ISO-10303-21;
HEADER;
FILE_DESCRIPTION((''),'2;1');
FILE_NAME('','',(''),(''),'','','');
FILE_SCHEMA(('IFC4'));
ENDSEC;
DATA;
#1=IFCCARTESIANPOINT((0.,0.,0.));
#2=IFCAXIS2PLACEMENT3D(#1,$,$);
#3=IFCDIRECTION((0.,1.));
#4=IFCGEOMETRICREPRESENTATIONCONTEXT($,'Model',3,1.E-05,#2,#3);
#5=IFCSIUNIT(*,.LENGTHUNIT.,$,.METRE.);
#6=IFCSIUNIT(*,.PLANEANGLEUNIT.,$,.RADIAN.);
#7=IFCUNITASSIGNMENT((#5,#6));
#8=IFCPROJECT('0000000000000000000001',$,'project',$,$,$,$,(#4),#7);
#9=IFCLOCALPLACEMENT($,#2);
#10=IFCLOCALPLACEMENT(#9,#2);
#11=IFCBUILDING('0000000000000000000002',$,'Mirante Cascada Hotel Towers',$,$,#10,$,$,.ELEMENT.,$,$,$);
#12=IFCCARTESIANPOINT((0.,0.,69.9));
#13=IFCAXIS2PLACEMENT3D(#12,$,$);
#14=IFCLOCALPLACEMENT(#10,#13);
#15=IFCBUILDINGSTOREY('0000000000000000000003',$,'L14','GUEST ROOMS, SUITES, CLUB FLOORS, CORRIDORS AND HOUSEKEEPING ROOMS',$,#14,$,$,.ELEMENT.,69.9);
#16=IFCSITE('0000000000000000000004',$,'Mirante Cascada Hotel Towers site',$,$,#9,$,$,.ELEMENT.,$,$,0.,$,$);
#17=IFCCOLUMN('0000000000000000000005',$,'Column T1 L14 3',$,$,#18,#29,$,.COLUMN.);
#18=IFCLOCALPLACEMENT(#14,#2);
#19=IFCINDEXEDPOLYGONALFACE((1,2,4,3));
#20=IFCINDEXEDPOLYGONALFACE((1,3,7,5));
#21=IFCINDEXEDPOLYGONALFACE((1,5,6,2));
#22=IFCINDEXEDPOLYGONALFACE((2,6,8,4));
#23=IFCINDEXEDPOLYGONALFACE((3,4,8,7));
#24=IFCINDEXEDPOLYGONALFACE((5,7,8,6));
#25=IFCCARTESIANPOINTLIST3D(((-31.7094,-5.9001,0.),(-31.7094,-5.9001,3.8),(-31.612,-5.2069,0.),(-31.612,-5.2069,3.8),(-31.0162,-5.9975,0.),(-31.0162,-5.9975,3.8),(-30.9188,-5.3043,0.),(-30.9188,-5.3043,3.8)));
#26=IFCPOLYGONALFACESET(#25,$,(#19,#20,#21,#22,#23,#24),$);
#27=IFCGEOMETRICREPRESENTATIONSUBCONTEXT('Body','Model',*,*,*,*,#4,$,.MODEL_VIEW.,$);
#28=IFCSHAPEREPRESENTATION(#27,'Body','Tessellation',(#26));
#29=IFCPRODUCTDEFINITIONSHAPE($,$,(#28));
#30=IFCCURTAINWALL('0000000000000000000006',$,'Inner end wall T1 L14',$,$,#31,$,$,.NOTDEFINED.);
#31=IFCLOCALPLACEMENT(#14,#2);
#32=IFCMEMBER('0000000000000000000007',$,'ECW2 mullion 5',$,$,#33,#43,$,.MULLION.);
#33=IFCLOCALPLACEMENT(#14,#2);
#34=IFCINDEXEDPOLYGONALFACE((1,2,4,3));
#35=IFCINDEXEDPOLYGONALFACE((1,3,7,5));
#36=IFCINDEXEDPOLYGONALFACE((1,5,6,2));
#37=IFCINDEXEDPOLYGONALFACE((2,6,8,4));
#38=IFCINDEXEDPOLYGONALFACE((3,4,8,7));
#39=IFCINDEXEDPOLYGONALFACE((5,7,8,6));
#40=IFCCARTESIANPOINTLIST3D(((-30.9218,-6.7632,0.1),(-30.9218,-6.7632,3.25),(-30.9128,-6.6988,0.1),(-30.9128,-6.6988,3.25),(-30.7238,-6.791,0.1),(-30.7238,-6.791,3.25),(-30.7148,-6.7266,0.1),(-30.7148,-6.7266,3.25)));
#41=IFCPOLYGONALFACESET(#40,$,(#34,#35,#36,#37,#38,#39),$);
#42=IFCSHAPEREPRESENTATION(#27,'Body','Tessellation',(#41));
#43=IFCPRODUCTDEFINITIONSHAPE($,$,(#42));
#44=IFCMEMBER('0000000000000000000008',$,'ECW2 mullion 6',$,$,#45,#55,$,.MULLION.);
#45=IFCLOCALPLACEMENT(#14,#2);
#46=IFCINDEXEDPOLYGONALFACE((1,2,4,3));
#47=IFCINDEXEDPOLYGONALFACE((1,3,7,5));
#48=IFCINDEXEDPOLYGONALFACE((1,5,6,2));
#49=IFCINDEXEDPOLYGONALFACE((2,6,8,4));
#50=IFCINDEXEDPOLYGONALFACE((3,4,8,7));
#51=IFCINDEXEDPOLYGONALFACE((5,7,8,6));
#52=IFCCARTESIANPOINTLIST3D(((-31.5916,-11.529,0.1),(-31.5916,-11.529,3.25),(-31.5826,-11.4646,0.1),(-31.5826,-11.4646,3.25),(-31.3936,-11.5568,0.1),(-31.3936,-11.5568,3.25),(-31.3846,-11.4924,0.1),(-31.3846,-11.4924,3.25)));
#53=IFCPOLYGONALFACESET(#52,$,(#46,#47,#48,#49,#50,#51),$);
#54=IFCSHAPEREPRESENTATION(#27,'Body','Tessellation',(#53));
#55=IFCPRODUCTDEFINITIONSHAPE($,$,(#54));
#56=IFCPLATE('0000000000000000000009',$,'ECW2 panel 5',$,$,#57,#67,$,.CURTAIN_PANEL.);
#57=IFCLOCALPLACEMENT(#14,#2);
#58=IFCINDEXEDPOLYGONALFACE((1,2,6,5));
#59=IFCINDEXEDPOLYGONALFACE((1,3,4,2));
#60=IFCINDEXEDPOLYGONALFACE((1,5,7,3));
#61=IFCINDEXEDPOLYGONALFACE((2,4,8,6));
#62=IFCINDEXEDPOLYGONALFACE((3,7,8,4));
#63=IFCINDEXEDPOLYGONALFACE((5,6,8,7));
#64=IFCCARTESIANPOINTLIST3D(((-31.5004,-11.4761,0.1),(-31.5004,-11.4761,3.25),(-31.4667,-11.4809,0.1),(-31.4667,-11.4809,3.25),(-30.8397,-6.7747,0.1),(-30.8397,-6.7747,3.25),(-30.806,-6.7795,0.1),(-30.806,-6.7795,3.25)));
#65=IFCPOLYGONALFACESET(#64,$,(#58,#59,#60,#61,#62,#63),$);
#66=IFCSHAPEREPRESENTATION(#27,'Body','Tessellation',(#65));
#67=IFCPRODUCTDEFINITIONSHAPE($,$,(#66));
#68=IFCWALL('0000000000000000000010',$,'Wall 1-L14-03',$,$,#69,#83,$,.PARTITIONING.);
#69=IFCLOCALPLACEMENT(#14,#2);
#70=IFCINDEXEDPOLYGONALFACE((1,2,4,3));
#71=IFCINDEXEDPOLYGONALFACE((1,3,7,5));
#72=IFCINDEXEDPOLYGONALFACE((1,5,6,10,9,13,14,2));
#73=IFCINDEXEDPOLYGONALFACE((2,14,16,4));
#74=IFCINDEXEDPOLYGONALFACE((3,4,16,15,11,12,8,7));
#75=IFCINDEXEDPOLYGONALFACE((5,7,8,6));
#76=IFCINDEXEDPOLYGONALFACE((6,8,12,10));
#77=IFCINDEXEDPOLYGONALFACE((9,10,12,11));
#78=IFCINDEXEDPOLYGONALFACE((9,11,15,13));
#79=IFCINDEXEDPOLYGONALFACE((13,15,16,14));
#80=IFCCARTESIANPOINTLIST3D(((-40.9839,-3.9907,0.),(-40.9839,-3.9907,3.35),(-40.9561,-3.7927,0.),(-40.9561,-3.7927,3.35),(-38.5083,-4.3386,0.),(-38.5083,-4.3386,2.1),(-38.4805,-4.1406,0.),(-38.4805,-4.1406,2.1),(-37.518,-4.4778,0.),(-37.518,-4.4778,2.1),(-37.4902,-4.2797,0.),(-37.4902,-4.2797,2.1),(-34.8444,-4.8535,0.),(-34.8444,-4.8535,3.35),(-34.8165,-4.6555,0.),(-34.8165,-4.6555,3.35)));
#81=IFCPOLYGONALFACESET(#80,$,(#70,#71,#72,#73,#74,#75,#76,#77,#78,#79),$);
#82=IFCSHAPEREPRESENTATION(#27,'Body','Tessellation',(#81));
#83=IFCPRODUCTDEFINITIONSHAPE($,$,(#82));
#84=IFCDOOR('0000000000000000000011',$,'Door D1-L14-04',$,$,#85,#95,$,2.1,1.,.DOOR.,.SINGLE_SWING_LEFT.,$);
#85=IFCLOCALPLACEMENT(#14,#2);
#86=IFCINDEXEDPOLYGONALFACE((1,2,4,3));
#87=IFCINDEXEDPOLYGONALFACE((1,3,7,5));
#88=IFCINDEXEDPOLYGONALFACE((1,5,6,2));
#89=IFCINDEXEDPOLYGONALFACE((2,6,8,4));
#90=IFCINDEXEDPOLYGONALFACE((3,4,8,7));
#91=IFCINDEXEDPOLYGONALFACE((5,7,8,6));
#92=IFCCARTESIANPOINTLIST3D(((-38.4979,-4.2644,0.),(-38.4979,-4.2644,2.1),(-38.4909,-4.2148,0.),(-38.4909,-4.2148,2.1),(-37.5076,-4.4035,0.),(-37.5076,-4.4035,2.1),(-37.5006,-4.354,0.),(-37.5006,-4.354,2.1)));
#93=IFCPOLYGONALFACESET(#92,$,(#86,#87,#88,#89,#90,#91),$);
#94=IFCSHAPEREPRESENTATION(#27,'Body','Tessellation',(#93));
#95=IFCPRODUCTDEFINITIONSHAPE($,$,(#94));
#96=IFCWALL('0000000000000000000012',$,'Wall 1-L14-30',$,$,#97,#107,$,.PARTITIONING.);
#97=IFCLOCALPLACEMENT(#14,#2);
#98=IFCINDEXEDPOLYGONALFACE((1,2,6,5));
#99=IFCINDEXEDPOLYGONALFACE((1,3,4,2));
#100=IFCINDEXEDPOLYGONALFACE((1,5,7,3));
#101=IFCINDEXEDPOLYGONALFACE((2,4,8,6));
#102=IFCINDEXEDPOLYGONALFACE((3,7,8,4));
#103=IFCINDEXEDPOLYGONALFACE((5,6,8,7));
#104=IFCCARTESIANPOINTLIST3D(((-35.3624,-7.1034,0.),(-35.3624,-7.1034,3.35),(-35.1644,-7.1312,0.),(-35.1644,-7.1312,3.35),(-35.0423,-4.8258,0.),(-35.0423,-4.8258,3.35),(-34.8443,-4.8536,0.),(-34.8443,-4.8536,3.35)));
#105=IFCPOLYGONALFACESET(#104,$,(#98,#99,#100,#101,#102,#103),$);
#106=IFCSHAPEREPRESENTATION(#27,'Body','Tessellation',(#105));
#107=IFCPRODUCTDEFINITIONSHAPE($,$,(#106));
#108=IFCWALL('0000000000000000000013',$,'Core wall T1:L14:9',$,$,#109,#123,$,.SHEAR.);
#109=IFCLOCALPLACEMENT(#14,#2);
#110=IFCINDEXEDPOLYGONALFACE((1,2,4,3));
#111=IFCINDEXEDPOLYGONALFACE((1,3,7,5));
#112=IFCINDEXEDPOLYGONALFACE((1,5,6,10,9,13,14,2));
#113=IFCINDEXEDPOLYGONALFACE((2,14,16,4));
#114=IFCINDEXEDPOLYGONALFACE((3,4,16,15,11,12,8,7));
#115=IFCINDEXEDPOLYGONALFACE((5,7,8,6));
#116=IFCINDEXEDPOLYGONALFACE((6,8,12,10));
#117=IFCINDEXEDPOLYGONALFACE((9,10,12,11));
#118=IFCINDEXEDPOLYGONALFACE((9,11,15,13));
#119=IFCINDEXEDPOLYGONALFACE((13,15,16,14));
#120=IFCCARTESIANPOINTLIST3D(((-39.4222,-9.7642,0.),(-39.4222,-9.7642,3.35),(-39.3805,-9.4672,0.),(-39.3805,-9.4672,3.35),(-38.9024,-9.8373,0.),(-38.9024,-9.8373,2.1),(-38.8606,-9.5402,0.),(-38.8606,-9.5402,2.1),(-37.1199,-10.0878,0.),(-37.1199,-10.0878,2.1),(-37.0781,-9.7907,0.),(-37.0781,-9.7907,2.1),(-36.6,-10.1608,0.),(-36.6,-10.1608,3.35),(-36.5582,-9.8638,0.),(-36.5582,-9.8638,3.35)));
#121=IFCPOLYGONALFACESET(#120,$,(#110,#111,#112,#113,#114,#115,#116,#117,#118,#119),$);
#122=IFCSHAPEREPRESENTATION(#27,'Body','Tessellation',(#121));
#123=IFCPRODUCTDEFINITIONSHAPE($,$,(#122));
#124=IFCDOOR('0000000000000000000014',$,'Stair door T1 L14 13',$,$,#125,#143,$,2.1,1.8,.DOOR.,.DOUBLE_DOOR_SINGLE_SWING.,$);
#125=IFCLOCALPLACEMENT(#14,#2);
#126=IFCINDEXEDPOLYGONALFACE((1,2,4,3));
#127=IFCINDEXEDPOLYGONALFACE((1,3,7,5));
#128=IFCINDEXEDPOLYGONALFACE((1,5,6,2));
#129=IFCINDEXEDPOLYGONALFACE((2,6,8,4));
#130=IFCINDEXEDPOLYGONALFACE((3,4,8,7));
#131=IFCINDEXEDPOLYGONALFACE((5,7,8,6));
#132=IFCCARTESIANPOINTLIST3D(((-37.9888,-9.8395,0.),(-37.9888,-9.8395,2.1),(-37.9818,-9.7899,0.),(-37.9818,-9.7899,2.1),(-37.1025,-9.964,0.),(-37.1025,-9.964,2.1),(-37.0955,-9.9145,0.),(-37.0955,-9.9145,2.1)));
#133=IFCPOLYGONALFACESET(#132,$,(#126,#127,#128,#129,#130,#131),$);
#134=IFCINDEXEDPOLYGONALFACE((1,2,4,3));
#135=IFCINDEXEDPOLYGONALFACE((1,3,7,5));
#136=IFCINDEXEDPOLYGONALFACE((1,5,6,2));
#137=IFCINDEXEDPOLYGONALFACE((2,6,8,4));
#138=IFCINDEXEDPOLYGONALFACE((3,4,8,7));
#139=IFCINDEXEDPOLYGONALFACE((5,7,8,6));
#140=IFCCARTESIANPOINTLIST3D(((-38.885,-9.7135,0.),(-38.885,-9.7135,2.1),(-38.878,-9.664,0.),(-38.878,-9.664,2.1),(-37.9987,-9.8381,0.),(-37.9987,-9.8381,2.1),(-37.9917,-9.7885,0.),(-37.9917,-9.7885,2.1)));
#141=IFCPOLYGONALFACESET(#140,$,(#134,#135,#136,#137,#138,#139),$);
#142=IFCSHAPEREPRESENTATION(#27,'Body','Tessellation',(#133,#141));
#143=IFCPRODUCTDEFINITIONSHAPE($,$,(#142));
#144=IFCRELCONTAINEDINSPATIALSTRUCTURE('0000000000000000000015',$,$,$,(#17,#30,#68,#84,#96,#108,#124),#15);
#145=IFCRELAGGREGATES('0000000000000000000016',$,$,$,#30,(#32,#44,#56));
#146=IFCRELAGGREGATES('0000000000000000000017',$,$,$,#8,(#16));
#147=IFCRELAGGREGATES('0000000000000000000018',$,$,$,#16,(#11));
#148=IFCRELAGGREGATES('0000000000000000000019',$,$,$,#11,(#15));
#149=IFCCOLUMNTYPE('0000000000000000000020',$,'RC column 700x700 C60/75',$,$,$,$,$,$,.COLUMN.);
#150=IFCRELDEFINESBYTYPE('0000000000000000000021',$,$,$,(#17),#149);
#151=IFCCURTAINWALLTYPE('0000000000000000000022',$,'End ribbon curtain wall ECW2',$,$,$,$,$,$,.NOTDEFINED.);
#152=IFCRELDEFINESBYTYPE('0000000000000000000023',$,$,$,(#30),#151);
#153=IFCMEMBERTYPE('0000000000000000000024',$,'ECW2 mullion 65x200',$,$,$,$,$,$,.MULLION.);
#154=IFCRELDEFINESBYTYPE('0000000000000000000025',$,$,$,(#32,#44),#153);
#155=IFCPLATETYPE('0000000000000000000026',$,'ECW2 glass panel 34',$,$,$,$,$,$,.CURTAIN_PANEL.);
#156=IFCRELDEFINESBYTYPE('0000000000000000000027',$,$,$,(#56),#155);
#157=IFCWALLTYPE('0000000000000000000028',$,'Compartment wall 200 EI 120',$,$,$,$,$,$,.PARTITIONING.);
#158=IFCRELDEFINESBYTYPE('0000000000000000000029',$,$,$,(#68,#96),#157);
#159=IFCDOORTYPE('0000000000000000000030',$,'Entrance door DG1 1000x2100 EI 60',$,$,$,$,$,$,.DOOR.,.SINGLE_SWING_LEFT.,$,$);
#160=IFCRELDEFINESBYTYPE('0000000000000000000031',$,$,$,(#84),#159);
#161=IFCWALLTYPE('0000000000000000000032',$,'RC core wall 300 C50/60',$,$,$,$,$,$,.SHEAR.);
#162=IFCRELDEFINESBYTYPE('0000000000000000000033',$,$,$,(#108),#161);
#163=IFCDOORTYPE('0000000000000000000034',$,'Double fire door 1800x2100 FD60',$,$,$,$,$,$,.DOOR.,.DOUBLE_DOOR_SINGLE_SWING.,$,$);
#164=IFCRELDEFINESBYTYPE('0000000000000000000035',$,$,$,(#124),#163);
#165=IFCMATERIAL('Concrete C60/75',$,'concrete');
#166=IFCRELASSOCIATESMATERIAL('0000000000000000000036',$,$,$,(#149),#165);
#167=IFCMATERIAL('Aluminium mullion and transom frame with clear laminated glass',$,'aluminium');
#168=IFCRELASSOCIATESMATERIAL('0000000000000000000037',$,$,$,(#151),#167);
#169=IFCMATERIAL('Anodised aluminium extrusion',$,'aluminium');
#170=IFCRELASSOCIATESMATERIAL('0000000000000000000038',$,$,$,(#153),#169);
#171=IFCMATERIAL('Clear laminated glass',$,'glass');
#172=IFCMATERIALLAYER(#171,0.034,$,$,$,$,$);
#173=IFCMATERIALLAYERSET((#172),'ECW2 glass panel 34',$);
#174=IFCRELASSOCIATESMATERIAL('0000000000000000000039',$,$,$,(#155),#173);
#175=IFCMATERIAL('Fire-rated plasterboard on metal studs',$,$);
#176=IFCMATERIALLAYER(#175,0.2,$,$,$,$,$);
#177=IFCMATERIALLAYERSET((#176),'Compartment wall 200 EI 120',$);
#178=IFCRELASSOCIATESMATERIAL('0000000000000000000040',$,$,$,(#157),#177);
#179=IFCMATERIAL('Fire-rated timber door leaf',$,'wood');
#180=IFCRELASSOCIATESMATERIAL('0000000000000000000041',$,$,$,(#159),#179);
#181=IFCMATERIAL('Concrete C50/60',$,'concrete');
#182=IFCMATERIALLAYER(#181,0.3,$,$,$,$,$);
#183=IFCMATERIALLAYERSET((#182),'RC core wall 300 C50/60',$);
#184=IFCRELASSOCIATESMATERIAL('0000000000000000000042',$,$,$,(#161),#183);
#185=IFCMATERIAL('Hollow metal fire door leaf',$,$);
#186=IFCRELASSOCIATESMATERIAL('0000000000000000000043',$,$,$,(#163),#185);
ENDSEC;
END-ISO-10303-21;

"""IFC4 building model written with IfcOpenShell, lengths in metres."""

from ifc_helpers import new_model, si_unit, direction, frame, frame_2d, origin, origin_2d, place, context, subcontext, project, spatial, rectangle, extrude, material, layer, layer_set, material_profile, profile_set, type_object, element, fill, aggregate, save


model = new_model("IFC4")

# Units and contexts
model_context = context("Model", 3, precision=1e-05, world=origin(), true_north=direction((0.0, 1.0)))
body_context = subcontext(model_context, "Body", "Model", "MODEL_VIEW")
ifc_project = project(units=[si_unit("LENGTHUNIT", "METRE"), si_unit("PLANEANGLEUNIT", "RADIAN")], contexts=[model_context])

# Site, building, storey
site_placement = place(None, origin())
site = spatial("IfcSite", under=ifc_project, at=site_placement, Name="Mirante Cascada Hotel Towers site", CompositionType="ELEMENT", RefElevation=0.0)
building_placement = place(site_placement, origin())
building = spatial("IfcBuilding", under=site, at=building_placement, Name="Mirante Cascada Hotel Towers", CompositionType="ELEMENT")
storey_placement = place(building_placement, frame((0.0, 0.0, 69.9)))
storey = spatial("IfcBuildingStorey", under=building, at=storey_placement, Name="L14", Description="GUEST ROOMS, SUITES, CLUB FLOORS, CORRIDORS AND HOUSEKEEPING ROOMS", CompositionType="ELEMENT", Elevation=69.9)

# Column
ifc_material_1 = material(Name="Concrete C60/75", Category="concrete")
ifc_material_profile_1 = material_profile(ifc_material_1, rectangle(XDim=0.7, YDim=0.7, at=origin_2d()), Name="RC column 700x700 C60/75")
ifc_profile_set_1 = profile_set([ifc_material_profile_1], Name="Concrete C60/75")
column_type = type_object("IfcColumnType", Name="RC column 700x700 C60/75", PredefinedType="COLUMN", material=ifc_profile_set_1)
column_placement = place(storey_placement, frame((-31.3141, -5.6022, 0.0), z_axis=(0.0, 0.0, 1.0), x_axis=(-0.990268, 0.139173, 0.0)))
element("IfcColumn", 1, at=column_placement, inside=storey, type_object=column_type, Name="Column T1 L14 3", PredefinedType="COLUMN", context=body_context, shape_type="SweptSolid", body=[
    extrude(rectangle(XDim=0.7, YDim=0.7, at=origin_2d()), origin(), (0.0, 0.0, 1.0), 3.8),
])

# Curtain wall, members, plate
ifc_material_2 = material(Name="Aluminium mullion and transom frame with clear laminated glass", Category="aluminium")
curtain_wall_type = type_object("IfcCurtainWallType", Name="End ribbon curtain wall ECW2", PredefinedType="NOTDEFINED", material=ifc_material_2)
curtain_wall_placement = place(storey_placement, origin())
curtain_wall = element("IfcCurtainWall", 2, at=curtain_wall_placement, inside=storey, type_object=curtain_wall_type, Name="Inner end wall T1 L14", PredefinedType="NOTDEFINED")
ifc_material_3 = material(Name="Anodised aluminium extrusion", Category="aluminium")
ifc_material_profile_2 = material_profile(ifc_material_3, rectangle(XDim=0.2, YDim=0.065, at=origin_2d()), Name="ECW2 MULLION 65x200")
ifc_profile_set_2 = profile_set([ifc_material_profile_2], Name="Anodised aluminium extrusion")
member_type = type_object("IfcMemberType", Name="ECW2 mullion 65x200", PredefinedType="MULLION", material=ifc_profile_set_2)
member_1_placement = place(storey_placement, frame((-30.8183, -6.7449, 0.1), z_axis=(0.0, 0.0, 1.0), x_axis=(0.990268, -0.139173, 0.0)))
member_1 = element("IfcMember", 3, at=member_1_placement, type_object=member_type, Name="ECW2 mullion 5", PredefinedType="MULLION", context=body_context, shape_type="SweptSolid", body=[
    extrude(rectangle(XDim=0.2, YDim=0.065, at=origin_2d()), origin(), (0.0, 0.0, 1.0), 3.15),
])
member_2_placement = place(storey_placement, frame((-31.4881, -11.5107, 0.1), z_axis=(0.0, 0.0, 1.0), x_axis=(0.990268, -0.139173, 0.0)))
member_2 = element("IfcMember", 4, at=member_2_placement, type_object=member_type, Name="ECW2 mullion 6", PredefinedType="MULLION", context=body_context, shape_type="SweptSolid", body=[
    extrude(rectangle(XDim=0.2, YDim=0.065, at=origin_2d()), origin(), (0.0, 0.0, 1.0), 3.15),
])
ifc_material_4 = material(Name="Clear laminated glass", Category="glass")
ifc_layer_1 = layer(ifc_material_4, 0.034)
ifc_layer_set_1 = layer_set([ifc_layer_1], Name="ECW2 glass panel 34")
plate_type = type_object("IfcPlateType", Name="ECW2 glass panel 34", PredefinedType="CURTAIN_PANEL", material=ifc_layer_set_1)
plate_placement = place(storey_placement, frame((-31.1532, -9.1278, 0.1), z_axis=(0.0, 0.0, 1.0), x_axis=(-0.139173, -0.990268, 0.0)))
plate = element("IfcPlate", 5, at=plate_placement, type_object=plate_type, Name="ECW2 panel 5", PredefinedType="CURTAIN_PANEL", context=body_context, shape_type="SweptSolid", body=[
    extrude(rectangle(XDim=4.7476, YDim=0.034, at=origin_2d()), origin(), (0.0, 0.0, 1.0), 3.15),
])
aggregate(curtain_wall, [member_1, member_2, plate])

# Wall, opening, door
ifc_material_5 = material(Name="Fire-rated plasterboard on metal studs")
ifc_layer_2 = layer(ifc_material_5, 0.2)
ifc_layer_set_2 = layer_set([ifc_layer_2], Name="Compartment wall 200 EI 120")
wall_type_1 = type_object("IfcWallType", Name="Compartment wall 200 EI 120", PredefinedType="PARTITIONING", material=ifc_layer_set_2)
wall_1_placement = place(storey_placement, frame((-34.8304, -4.7545, 0.0), z_axis=(0.0, 0.0, 1.0), x_axis=(-0.99027, 0.139163, 0.0)))
wall_1 = element("IfcWall", 6, at=wall_1_placement, inside=storey, type_object=wall_type_1, Name="Wall 1-L14-03", PredefinedType="PARTITIONING", context=body_context, shape_type="SweptSolid", body=[
    extrude(rectangle(XDim=6.1999, YDim=0.2, at=frame_2d((3.1, 0.0))), origin(), (0.0, 0.0, 1.0), 3.35),
])
opening_1_placement = place(wall_1_placement, frame((2.7, 0.0, 0.0)))
opening_1 = element("IfcOpeningElement", 7, at=opening_1_placement, cuts=wall_1, PredefinedType="OPENING", context=body_context, shape_type="SweptSolid", body=[
    extrude(rectangle(XDim=1.0, YDim=2.1, at=frame_2d((0.5, 1.05))), frame((0.0, 0.1, 0.0), z_axis=(0.0, -1.0, 0.0), x_axis=(1.0, 0.0, 0.0)), (0.0, 0.0, 1.0), 0.2),
])
ifc_material_6 = material(Name="Fire-rated timber door leaf", Category="wood")
door_type_1 = type_object("IfcDoorType", Name="Entrance door DG1 1000x2100 EI 60", OperationType="SINGLE_SWING_LEFT", PredefinedType="DOOR", material=ifc_material_6)
door_1_placement = place(opening_1_placement, origin())
door_1 = element("IfcDoor", 8, at=door_1_placement, inside=storey, type_object=door_type_1, Name="Door D1-L14-04", OperationType="SINGLE_SWING_LEFT", OverallHeight=2.1, OverallWidth=1.0, PredefinedType="DOOR", context=body_context, shape_type="SweptSolid", body=[
    extrude(rectangle(XDim=1.0, YDim=2.1, at=frame_2d((0.5, 1.05))), frame((0.0, 0.025, 0.0), z_axis=(0.0, -1.0, 0.0), x_axis=(1.0, 0.0, 0.0)), (0.0, 0.0, 1.0), 0.05),
])
fill(opening_1, door_1)

# Wall
wall_2_placement = place(storey_placement, frame((-34.9433, -4.8397, 0.0), z_axis=(0.0, 0.0, 1.0), x_axis=(-0.139175, -0.990268, 0.0)))
element("IfcWall", 9, at=wall_2_placement, inside=storey, type_object=wall_type_1, Name="Wall 1-L14-30", PredefinedType="PARTITIONING", context=body_context, shape_type="SweptSolid", body=[
    extrude(rectangle(XDim=2.3, YDim=0.2, at=frame_2d((1.15, 0.0))), origin(), (0.0, 0.0, 1.0), 3.35),
])

# Wall, opening, door
ifc_material_7 = material(Name="Concrete C50/60", Category="concrete")
ifc_layer_3 = layer(ifc_material_7, 0.3)
ifc_layer_set_3 = layer_set([ifc_layer_3], Name="RC core wall 300 C50/60")
wall_type_2 = type_object("IfcWallType", Name="RC core wall 300 C50/60", PredefinedType="SHEAR", material=ifc_layer_set_3)
wall_3_placement = place(storey_placement, frame((-36.5791, -10.0123, 0.0), z_axis=(0.0, 0.0, 1.0), x_axis=(-0.99027, 0.139156, 0.0)))
wall_3 = element("IfcWall", 10, at=wall_3_placement, inside=storey, type_object=wall_type_2, Name="Core wall T1:L14:9", PredefinedType="SHEAR", context=body_context, shape_type="SweptSolid", body=[
    extrude(rectangle(XDim=2.85, YDim=0.3, at=frame_2d((1.425, 0.0))), origin(), (0.0, 0.0, 1.0), 3.35),
])
opening_2_placement = place(wall_3_placement, frame((0.525, 0.0, 0.0)))
opening_2 = element("IfcOpeningElement", 11, at=opening_2_placement, cuts=wall_3, PredefinedType="OPENING", context=body_context, shape_type="SweptSolid", body=[
    extrude(rectangle(XDim=1.8, YDim=2.1, at=frame_2d((0.9, 1.05))), frame((0.0, 0.15, 0.0), z_axis=(0.0, -1.0, 0.0), x_axis=(1.0, 0.0, 0.0)), (0.0, 0.0, 1.0), 0.3),
])
ifc_material_8 = material(Name="Hollow metal fire door leaf")
door_type_2 = type_object("IfcDoorType", Name="Double fire door 1800x2100 FD60", OperationType="DOUBLE_DOOR_SINGLE_SWING", PredefinedType="DOOR", material=ifc_material_8)
door_2_placement = place(opening_2_placement, origin())
door_2 = element("IfcDoor", 12, at=door_2_placement, inside=storey, type_object=door_type_2, Name="Stair door T1 L14 13", OperationType="DOUBLE_DOOR_SINGLE_SWING", OverallHeight=2.1, OverallWidth=1.8, PredefinedType="DOOR", context=body_context, shape_type="SweptSolid", body=[
    extrude(rectangle(XDim=0.895, YDim=2.1, at=frame_2d((0.4475, 1.05))), frame((0.0, 0.025, 0.0), z_axis=(0.0, -1.0, 0.0), x_axis=(1.0, 0.0, 0.0)), (0.0, 0.0, 1.0), 0.05),
    extrude(rectangle(XDim=0.895, YDim=2.1, at=frame_2d((1.3525, 1.05))), frame((0.0, 0.025, 0.0), z_axis=(0.0, -1.0, 0.0), x_axis=(1.0, 0.0, 0.0)), (0.0, 0.0, 1.0), 0.05),
])
fill(opening_2, door_2)

save(model, "model.ifc")
